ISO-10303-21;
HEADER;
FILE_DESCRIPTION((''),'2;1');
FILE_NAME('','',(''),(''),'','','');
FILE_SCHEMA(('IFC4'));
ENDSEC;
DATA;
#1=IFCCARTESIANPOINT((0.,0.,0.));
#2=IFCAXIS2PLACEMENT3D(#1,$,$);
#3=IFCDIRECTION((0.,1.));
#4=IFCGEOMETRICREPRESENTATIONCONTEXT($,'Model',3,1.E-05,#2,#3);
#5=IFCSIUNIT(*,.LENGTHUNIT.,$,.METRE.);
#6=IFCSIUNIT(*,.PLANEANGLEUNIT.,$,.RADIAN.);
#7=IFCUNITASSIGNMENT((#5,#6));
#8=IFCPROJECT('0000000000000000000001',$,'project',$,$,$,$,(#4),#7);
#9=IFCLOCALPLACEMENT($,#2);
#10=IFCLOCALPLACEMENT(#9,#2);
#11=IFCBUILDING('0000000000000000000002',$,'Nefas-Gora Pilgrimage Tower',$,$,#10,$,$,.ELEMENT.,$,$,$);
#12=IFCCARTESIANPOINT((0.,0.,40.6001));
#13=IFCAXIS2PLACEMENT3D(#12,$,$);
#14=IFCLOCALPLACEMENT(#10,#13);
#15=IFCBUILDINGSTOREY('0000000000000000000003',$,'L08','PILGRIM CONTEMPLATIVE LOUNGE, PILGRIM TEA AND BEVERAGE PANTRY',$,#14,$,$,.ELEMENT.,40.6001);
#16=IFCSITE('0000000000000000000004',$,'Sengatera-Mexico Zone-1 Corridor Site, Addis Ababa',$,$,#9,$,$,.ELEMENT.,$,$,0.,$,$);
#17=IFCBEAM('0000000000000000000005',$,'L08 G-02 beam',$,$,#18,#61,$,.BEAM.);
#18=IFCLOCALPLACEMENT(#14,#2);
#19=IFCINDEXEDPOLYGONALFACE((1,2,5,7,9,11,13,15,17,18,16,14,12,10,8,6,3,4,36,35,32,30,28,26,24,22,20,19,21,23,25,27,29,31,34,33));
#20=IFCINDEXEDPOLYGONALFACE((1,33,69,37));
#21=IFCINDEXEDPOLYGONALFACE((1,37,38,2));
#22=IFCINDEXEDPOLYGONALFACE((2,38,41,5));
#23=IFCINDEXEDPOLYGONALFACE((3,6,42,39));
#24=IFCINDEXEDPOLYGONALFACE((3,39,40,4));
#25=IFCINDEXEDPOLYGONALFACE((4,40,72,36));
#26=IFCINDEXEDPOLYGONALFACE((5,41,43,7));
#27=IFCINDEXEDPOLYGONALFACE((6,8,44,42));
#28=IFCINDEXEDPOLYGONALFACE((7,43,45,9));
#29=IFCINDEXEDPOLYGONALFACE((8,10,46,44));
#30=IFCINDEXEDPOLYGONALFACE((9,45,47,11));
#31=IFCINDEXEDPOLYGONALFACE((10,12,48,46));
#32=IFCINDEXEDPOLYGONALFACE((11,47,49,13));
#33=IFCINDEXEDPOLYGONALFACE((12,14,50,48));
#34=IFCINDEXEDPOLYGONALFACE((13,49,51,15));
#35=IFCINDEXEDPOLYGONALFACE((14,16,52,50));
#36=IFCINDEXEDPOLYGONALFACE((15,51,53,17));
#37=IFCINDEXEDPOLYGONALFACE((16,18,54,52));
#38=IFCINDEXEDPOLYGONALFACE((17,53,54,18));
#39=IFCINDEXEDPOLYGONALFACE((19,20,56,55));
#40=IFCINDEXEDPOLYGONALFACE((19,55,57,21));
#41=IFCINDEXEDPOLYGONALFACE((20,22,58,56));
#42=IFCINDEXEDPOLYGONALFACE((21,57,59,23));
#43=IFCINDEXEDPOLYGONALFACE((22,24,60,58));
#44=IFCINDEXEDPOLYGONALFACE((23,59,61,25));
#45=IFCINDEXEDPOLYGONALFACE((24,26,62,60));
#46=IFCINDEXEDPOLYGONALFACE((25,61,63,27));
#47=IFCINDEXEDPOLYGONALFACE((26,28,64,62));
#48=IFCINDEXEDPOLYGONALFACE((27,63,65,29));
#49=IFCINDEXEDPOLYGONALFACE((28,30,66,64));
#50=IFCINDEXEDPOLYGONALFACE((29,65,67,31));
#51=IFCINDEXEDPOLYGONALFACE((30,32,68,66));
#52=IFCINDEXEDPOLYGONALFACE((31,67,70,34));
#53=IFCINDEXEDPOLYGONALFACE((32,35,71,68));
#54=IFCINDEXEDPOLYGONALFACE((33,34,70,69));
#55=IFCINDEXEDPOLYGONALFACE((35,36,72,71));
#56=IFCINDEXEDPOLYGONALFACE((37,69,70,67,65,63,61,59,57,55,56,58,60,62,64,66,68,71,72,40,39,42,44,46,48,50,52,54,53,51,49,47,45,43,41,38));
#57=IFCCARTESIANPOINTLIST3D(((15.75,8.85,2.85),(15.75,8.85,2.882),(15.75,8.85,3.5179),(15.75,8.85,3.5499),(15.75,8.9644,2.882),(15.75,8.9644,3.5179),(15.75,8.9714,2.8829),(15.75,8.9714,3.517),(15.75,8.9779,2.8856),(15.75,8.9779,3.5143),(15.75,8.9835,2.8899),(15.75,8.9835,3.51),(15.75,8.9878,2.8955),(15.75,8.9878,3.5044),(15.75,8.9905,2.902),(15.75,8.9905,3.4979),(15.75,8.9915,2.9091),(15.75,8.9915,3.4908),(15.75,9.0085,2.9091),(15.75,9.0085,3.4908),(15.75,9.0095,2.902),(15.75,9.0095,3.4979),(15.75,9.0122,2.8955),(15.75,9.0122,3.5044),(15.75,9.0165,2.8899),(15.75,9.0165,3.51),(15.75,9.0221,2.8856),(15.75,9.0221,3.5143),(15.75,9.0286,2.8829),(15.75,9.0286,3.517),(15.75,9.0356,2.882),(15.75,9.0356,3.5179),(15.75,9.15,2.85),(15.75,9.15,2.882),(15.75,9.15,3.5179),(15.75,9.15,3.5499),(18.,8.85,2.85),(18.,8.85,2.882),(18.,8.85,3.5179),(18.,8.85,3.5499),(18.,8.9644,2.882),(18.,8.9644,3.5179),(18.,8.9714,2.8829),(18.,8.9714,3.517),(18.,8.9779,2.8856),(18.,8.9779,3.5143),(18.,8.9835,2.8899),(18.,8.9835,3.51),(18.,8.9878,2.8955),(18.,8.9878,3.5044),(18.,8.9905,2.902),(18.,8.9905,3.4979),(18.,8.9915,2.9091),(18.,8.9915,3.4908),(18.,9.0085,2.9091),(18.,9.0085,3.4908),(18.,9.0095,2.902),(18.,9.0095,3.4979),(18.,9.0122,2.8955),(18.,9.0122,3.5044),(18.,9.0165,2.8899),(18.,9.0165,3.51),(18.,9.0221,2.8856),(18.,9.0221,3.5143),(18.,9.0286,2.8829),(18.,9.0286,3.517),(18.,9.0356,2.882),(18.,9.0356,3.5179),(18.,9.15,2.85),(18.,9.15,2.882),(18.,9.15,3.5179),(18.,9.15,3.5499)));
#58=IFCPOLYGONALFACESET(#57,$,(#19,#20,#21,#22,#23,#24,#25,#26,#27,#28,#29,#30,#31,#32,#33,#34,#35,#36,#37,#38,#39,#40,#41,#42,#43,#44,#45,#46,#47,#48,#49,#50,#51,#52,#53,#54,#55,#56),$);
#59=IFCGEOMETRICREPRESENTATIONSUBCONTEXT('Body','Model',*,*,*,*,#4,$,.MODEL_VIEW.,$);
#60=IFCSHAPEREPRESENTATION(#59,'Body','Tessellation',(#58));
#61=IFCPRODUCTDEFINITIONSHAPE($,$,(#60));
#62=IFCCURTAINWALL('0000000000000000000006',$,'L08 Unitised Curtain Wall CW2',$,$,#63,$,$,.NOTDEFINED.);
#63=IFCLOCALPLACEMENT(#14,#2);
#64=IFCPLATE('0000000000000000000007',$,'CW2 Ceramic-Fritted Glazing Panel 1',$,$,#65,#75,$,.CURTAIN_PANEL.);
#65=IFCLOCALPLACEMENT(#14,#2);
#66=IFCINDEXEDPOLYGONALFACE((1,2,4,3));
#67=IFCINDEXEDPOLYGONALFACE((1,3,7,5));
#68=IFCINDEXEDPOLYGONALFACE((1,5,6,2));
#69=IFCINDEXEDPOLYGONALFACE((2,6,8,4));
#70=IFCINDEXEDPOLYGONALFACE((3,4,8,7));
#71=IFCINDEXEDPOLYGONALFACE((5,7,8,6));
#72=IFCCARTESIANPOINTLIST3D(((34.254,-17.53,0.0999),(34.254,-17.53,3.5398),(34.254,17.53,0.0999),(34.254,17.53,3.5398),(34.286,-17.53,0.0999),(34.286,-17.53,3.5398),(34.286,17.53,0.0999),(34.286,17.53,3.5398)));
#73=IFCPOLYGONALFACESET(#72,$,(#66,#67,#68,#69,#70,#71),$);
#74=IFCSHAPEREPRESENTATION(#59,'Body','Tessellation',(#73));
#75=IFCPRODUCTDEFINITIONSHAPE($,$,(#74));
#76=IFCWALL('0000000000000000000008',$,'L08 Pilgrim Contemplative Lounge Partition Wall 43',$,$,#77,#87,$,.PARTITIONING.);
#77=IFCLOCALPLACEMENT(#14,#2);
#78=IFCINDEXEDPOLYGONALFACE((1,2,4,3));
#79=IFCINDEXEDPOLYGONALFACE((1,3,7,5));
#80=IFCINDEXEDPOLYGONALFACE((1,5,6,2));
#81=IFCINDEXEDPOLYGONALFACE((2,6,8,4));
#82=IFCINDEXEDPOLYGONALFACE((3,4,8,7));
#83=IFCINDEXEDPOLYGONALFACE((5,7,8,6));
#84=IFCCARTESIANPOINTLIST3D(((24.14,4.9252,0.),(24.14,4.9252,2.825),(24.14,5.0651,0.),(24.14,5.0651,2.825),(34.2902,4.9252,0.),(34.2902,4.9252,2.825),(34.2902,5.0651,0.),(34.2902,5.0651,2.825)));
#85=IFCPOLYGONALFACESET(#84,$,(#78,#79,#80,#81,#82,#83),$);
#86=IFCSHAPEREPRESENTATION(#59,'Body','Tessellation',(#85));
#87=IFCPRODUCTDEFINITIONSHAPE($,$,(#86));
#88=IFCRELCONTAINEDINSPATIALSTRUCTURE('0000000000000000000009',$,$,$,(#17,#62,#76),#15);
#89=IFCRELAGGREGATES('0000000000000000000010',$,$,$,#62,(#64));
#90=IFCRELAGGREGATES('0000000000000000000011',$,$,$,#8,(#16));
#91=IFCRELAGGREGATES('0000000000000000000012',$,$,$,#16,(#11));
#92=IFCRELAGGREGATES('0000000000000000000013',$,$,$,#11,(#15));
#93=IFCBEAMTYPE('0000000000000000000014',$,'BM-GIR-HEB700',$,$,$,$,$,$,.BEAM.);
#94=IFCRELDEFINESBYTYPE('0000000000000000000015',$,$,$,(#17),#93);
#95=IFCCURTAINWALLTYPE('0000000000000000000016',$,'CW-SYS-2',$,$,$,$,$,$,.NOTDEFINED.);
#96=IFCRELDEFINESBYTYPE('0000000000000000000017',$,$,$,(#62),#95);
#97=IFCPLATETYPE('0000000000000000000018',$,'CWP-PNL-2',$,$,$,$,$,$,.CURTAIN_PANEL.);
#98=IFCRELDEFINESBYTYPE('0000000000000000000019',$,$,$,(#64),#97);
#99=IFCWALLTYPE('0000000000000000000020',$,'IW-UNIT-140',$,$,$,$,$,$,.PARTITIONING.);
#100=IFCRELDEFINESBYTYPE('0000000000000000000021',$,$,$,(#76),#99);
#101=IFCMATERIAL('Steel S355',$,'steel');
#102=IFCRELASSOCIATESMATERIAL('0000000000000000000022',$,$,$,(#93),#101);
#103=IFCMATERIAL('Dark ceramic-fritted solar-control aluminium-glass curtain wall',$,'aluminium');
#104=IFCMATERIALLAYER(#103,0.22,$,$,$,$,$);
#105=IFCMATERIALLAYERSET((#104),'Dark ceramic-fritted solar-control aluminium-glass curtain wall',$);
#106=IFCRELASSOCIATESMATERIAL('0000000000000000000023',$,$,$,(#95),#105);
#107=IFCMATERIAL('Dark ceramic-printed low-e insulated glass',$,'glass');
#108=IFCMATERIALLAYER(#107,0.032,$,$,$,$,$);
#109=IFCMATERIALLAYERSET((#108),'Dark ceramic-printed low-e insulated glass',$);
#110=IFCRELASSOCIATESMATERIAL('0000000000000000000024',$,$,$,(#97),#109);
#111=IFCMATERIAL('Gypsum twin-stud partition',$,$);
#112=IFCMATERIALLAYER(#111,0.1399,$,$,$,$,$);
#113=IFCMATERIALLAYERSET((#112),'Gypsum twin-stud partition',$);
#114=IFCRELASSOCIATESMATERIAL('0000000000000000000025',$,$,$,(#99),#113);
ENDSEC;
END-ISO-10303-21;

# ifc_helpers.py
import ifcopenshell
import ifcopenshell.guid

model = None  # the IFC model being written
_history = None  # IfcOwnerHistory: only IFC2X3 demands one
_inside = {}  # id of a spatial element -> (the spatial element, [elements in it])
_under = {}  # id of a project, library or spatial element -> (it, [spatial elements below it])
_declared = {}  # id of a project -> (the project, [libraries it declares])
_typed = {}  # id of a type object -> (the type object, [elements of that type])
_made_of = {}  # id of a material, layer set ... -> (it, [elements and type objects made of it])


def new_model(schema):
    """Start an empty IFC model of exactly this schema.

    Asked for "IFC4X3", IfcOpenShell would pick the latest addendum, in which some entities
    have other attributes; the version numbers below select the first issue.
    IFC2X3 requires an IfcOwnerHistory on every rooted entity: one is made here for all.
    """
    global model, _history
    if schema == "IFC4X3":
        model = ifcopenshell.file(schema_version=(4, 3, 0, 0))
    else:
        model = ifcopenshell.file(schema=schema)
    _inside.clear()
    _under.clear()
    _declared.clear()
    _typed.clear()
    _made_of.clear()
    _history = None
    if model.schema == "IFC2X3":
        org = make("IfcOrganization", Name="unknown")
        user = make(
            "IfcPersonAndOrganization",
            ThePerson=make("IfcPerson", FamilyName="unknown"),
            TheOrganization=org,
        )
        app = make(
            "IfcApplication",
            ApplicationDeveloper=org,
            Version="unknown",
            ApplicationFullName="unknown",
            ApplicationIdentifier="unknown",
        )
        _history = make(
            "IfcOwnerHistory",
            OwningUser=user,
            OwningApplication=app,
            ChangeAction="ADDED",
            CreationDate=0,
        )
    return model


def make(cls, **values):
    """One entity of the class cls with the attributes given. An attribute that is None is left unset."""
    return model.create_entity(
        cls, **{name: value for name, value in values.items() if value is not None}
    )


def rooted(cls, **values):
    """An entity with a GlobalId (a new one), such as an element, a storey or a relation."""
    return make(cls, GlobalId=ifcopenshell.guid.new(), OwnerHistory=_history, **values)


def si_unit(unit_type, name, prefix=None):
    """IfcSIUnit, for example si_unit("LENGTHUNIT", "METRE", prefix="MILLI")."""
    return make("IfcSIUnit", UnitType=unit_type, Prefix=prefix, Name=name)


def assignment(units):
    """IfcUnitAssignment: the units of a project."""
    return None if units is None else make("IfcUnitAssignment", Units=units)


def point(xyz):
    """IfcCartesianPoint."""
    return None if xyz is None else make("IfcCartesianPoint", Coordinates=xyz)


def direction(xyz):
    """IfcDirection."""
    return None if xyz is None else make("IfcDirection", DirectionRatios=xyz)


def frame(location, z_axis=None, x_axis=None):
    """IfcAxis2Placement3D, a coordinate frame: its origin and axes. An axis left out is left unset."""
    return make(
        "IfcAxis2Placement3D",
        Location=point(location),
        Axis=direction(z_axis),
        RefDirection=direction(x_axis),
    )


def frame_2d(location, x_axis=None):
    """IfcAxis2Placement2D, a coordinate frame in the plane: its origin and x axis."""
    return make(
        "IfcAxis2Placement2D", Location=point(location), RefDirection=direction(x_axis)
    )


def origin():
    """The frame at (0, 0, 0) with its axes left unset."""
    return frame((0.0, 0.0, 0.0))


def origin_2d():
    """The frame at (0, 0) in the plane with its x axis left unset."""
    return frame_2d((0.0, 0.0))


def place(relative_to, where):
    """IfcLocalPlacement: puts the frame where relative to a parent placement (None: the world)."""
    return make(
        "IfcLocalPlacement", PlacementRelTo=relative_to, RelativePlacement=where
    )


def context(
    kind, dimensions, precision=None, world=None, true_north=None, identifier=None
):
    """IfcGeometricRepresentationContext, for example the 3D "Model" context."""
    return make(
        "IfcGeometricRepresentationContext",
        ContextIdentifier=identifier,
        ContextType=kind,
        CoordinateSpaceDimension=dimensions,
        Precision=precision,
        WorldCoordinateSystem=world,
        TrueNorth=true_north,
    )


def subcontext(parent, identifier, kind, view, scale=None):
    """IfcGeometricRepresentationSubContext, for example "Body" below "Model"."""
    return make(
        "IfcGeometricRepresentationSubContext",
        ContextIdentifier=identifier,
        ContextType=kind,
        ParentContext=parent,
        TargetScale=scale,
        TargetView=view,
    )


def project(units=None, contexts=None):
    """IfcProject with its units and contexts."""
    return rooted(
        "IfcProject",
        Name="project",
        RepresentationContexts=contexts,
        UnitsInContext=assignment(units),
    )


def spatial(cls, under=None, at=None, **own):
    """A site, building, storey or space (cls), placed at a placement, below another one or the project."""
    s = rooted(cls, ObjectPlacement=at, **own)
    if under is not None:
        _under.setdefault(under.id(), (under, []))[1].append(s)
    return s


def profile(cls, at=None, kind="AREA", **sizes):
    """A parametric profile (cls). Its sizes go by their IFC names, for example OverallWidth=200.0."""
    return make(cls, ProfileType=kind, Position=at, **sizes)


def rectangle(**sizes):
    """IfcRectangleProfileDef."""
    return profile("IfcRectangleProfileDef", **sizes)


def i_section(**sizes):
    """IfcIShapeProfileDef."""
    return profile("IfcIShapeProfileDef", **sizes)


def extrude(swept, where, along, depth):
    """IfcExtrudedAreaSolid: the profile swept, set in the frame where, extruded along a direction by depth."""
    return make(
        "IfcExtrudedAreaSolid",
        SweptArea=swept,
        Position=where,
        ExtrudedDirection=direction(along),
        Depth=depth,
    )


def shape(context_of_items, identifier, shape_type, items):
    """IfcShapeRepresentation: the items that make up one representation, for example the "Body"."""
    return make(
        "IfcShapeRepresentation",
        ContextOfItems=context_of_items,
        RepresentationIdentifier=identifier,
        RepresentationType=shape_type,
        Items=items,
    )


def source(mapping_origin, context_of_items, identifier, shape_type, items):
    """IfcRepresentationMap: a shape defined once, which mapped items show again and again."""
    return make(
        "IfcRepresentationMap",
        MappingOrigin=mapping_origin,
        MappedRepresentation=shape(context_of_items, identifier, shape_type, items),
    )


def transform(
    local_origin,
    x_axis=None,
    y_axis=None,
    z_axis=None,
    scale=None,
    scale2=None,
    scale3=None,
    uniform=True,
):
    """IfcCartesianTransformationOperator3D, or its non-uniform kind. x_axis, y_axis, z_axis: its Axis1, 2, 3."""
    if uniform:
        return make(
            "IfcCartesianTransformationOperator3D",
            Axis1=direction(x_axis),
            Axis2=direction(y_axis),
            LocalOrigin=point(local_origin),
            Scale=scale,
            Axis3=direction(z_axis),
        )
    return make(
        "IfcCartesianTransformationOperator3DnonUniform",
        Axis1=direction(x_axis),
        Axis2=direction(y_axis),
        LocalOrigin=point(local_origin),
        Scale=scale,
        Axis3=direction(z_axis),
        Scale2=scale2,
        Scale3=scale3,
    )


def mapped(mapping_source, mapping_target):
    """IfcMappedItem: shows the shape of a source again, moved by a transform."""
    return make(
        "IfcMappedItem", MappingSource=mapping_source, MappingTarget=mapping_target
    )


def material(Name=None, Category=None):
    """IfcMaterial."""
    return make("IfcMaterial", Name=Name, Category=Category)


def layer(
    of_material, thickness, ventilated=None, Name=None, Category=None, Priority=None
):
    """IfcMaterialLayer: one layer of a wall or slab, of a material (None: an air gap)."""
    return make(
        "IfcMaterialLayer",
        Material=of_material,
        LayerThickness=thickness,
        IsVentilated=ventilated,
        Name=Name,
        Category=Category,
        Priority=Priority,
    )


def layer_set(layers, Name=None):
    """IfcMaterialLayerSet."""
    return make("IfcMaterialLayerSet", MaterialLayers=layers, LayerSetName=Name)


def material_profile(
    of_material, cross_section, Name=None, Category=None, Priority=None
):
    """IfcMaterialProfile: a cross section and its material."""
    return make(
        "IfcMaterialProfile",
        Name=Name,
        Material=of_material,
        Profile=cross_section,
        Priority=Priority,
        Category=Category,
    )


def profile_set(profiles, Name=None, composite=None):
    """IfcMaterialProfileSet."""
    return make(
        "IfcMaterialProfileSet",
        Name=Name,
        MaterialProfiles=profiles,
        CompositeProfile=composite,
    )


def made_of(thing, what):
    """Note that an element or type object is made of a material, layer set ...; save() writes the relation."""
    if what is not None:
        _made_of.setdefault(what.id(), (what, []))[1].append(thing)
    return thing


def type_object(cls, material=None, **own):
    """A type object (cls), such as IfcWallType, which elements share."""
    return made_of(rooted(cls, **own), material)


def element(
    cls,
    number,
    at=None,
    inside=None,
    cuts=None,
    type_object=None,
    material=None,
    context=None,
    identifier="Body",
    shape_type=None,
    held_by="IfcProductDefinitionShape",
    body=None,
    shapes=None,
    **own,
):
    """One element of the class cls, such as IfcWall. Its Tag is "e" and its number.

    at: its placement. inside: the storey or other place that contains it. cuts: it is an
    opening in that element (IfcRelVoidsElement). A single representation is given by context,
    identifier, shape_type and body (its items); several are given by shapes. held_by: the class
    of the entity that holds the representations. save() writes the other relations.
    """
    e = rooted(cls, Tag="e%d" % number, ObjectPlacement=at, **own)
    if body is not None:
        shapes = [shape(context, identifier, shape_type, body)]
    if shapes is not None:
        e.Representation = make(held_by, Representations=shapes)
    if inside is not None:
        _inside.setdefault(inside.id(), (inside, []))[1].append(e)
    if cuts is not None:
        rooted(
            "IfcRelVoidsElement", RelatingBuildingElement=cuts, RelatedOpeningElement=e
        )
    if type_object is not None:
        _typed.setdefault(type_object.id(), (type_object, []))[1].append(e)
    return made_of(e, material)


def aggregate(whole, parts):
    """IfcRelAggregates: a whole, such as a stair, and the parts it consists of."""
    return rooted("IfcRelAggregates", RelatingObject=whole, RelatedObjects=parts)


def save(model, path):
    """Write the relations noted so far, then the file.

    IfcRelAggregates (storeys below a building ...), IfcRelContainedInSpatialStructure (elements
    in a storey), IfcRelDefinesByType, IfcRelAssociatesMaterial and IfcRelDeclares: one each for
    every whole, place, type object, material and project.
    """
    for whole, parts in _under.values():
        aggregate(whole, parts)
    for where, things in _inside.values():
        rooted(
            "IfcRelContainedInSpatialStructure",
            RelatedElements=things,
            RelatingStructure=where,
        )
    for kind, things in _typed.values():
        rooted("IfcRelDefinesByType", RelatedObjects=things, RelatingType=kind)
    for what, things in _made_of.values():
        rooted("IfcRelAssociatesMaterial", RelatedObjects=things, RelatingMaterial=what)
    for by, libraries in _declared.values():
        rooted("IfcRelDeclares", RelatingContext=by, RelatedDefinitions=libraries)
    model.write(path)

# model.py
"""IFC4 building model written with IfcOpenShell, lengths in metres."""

from ifc_helpers import new_model, si_unit, direction, frame, frame_2d, origin, origin_2d, place, context, subcontext, project, spatial, rectangle, i_section, extrude, source, transform, mapped, material, layer, layer_set, material_profile, profile_set, type_object, element, aggregate, save


model = new_model("IFC4")

# Units and contexts
model_context = context("Model", 3, precision=1e-05, world=origin(), true_north=direction((0.0, 1.0)))
body_context = subcontext(model_context, "Body", "Model", "MODEL_VIEW")
ifc_project = project(units=[si_unit("LENGTHUNIT", "METRE"), si_unit("PLANEANGLEUNIT", "RADIAN")], contexts=[model_context])

# Site, building, storey
site_placement = place(None, origin())
site = spatial("IfcSite", under=ifc_project, at=site_placement, Name="Sengatera-Mexico Zone-1 Corridor Site, Addis Ababa", CompositionType="ELEMENT", RefElevation=0.0)
building_placement = place(site_placement, origin())
building = spatial("IfcBuilding", under=site, at=building_placement, Name="Nefas-Gora Pilgrimage Tower", CompositionType="ELEMENT")
storey_placement = place(building_placement, frame((0.0, 0.0, 40.6001)))
storey = spatial("IfcBuildingStorey", under=building, at=storey_placement, Name="L08", Description="PILGRIM CONTEMPLATIVE LOUNGE, PILGRIM TEA AND BEVERAGE PANTRY", CompositionType="ELEMENT", Elevation=40.6001)

# Beam
ifc_material_1 = material(Name="Steel S355", Category="steel")
ifc_material_profile_1 = material_profile(ifc_material_1, i_section(OverallWidth=0.3, OverallDepth=0.7, WebThickness=0.0171, FlangeThickness=0.032, FilletRadius=0.0271, at=origin_2d()), Name="HEB 700")
ifc_profile_set_1 = profile_set([ifc_material_profile_1], Name="Steel S355")
beam_type_1 = type_object("IfcBeamType", Name="BM-GIR-HEB700", PredefinedType="BEAM", material=ifc_profile_set_1)
shared_shape_1 = source(origin(), body_context, "Body", "SweptSolid", [
    extrude(i_section(OverallWidth=0.3, OverallDepth=0.7, WebThickness=0.0171, FlangeThickness=0.032, FilletRadius=0.0271, at=origin_2d()), origin(), (0.0, 0.0, 1.0), 2.25),
])
for number, where, z_axis, x_axis, name in (
    (1, (15.75, 9.0, 3.2), (1.0, 0.0, 0.0), (0.0, 1.0, 0.0), "L08 G-02 beam"),
):
    element("IfcBeam", number, at=place(storey_placement, frame(where, z_axis=z_axis, x_axis=x_axis)), inside=storey, type_object=beam_type_1, Name=name, PredefinedType="BEAM", context=body_context, shape_type="MappedRepresentation", body=[
        mapped(shared_shape_1, transform((0.0, 0.0, 0.0), x_axis=(1.0, 0.0, 0.0), y_axis=(0.0, 1.0, 0.0), z_axis=(0.0, 0.0, 1.0), scale=1.0)),
    ])

# Curtain wall, plate
ifc_material_2 = material(Name="Dark ceramic-fritted solar-control aluminium-glass curtain wall", Category="aluminium")
ifc_layer_1 = layer(ifc_material_2, 0.22)
ifc_layer_set_1 = layer_set([ifc_layer_1], Name="Dark ceramic-fritted solar-control aluminium-glass curtain wall")
curtain_wall_type = type_object("IfcCurtainWallType", Name="CW-SYS-2", PredefinedType="NOTDEFINED", material=ifc_layer_set_1)
curtain_wall_placement = place(storey_placement, origin())
curtain_wall = element("IfcCurtainWall", 2, at=curtain_wall_placement, inside=storey, type_object=curtain_wall_type, Name="L08 Unitised Curtain Wall CW2", PredefinedType="NOTDEFINED")
ifc_material_3 = material(Name="Dark ceramic-printed low-e insulated glass", Category="glass")
ifc_layer_2 = layer(ifc_material_3, 0.032)
ifc_layer_set_2 = layer_set([ifc_layer_2], Name="Dark ceramic-printed low-e insulated glass")
plate_type = type_object("IfcPlateType", Name="CWP-PNL-2", PredefinedType="CURTAIN_PANEL", material=ifc_layer_set_2)
shared_shape_2 = source(origin(), body_context, "Body", "SweptSolid", [
    extrude(rectangle(XDim=35.0601, YDim=0.032, at=origin_2d()), origin(), (0.0, 0.0, 1.0), 3.4399),
])
plate_placement = place(storey_placement, frame((34.27, 0.0, 0.0999), z_axis=(0.0, 0.0, 1.0), x_axis=(0.0, 1.0, 0.0)))
plate = element("IfcPlate", 3, at=plate_placement, type_object=plate_type, Name="CW2 Ceramic-Fritted Glazing Panel 1", PredefinedType="CURTAIN_PANEL", context=body_context, shape_type="MappedRepresentation", body=[
    mapped(shared_shape_2, transform((0.0, 0.0, 0.0), x_axis=(1.0, 0.0, 0.0), y_axis=(0.0, 1.0, 0.0), z_axis=(0.0, 0.0, 1.0), scale=1.0)),
])
aggregate(curtain_wall, [plate])

# Wall
ifc_material_4 = material(Name="Gypsum twin-stud partition")
ifc_layer_3 = layer(ifc_material_4, 0.1399)
ifc_layer_set_3 = layer_set([ifc_layer_3], Name="Gypsum twin-stud partition")
wall_type = type_object("IfcWallType", Name="IW-UNIT-140", PredefinedType="PARTITIONING", material=ifc_layer_set_3)
shared_shape_3 = source(origin(), body_context, "Body", "SweptSolid", [
    extrude(rectangle(XDim=10.1501, YDim=0.1399, at=frame_2d((5.0752, 0.0))), origin(), (0.0, 0.0, 1.0), 2.825),
])
wall_placement = place(storey_placement, frame((24.1399, 4.9951, 0.0), z_axis=(0.0, 0.0, 1.0), x_axis=(1.0, 0.0, 0.0)))
element("IfcWall", 4, at=wall_placement, inside=storey, type_object=wall_type, Name="L08 Pilgrim Contemplative Lounge Partition Wall 43", PredefinedType="PARTITIONING", context=body_context, shape_type="MappedRepresentation", body=[
    mapped(shared_shape_3, transform((0.0, 0.0, 0.0), x_axis=(1.0, 0.0, 0.0), y_axis=(0.0, 1.0, 0.0), z_axis=(0.0, 0.0, 1.0), scale=1.0)),
])

save(model, "model.ifc")
